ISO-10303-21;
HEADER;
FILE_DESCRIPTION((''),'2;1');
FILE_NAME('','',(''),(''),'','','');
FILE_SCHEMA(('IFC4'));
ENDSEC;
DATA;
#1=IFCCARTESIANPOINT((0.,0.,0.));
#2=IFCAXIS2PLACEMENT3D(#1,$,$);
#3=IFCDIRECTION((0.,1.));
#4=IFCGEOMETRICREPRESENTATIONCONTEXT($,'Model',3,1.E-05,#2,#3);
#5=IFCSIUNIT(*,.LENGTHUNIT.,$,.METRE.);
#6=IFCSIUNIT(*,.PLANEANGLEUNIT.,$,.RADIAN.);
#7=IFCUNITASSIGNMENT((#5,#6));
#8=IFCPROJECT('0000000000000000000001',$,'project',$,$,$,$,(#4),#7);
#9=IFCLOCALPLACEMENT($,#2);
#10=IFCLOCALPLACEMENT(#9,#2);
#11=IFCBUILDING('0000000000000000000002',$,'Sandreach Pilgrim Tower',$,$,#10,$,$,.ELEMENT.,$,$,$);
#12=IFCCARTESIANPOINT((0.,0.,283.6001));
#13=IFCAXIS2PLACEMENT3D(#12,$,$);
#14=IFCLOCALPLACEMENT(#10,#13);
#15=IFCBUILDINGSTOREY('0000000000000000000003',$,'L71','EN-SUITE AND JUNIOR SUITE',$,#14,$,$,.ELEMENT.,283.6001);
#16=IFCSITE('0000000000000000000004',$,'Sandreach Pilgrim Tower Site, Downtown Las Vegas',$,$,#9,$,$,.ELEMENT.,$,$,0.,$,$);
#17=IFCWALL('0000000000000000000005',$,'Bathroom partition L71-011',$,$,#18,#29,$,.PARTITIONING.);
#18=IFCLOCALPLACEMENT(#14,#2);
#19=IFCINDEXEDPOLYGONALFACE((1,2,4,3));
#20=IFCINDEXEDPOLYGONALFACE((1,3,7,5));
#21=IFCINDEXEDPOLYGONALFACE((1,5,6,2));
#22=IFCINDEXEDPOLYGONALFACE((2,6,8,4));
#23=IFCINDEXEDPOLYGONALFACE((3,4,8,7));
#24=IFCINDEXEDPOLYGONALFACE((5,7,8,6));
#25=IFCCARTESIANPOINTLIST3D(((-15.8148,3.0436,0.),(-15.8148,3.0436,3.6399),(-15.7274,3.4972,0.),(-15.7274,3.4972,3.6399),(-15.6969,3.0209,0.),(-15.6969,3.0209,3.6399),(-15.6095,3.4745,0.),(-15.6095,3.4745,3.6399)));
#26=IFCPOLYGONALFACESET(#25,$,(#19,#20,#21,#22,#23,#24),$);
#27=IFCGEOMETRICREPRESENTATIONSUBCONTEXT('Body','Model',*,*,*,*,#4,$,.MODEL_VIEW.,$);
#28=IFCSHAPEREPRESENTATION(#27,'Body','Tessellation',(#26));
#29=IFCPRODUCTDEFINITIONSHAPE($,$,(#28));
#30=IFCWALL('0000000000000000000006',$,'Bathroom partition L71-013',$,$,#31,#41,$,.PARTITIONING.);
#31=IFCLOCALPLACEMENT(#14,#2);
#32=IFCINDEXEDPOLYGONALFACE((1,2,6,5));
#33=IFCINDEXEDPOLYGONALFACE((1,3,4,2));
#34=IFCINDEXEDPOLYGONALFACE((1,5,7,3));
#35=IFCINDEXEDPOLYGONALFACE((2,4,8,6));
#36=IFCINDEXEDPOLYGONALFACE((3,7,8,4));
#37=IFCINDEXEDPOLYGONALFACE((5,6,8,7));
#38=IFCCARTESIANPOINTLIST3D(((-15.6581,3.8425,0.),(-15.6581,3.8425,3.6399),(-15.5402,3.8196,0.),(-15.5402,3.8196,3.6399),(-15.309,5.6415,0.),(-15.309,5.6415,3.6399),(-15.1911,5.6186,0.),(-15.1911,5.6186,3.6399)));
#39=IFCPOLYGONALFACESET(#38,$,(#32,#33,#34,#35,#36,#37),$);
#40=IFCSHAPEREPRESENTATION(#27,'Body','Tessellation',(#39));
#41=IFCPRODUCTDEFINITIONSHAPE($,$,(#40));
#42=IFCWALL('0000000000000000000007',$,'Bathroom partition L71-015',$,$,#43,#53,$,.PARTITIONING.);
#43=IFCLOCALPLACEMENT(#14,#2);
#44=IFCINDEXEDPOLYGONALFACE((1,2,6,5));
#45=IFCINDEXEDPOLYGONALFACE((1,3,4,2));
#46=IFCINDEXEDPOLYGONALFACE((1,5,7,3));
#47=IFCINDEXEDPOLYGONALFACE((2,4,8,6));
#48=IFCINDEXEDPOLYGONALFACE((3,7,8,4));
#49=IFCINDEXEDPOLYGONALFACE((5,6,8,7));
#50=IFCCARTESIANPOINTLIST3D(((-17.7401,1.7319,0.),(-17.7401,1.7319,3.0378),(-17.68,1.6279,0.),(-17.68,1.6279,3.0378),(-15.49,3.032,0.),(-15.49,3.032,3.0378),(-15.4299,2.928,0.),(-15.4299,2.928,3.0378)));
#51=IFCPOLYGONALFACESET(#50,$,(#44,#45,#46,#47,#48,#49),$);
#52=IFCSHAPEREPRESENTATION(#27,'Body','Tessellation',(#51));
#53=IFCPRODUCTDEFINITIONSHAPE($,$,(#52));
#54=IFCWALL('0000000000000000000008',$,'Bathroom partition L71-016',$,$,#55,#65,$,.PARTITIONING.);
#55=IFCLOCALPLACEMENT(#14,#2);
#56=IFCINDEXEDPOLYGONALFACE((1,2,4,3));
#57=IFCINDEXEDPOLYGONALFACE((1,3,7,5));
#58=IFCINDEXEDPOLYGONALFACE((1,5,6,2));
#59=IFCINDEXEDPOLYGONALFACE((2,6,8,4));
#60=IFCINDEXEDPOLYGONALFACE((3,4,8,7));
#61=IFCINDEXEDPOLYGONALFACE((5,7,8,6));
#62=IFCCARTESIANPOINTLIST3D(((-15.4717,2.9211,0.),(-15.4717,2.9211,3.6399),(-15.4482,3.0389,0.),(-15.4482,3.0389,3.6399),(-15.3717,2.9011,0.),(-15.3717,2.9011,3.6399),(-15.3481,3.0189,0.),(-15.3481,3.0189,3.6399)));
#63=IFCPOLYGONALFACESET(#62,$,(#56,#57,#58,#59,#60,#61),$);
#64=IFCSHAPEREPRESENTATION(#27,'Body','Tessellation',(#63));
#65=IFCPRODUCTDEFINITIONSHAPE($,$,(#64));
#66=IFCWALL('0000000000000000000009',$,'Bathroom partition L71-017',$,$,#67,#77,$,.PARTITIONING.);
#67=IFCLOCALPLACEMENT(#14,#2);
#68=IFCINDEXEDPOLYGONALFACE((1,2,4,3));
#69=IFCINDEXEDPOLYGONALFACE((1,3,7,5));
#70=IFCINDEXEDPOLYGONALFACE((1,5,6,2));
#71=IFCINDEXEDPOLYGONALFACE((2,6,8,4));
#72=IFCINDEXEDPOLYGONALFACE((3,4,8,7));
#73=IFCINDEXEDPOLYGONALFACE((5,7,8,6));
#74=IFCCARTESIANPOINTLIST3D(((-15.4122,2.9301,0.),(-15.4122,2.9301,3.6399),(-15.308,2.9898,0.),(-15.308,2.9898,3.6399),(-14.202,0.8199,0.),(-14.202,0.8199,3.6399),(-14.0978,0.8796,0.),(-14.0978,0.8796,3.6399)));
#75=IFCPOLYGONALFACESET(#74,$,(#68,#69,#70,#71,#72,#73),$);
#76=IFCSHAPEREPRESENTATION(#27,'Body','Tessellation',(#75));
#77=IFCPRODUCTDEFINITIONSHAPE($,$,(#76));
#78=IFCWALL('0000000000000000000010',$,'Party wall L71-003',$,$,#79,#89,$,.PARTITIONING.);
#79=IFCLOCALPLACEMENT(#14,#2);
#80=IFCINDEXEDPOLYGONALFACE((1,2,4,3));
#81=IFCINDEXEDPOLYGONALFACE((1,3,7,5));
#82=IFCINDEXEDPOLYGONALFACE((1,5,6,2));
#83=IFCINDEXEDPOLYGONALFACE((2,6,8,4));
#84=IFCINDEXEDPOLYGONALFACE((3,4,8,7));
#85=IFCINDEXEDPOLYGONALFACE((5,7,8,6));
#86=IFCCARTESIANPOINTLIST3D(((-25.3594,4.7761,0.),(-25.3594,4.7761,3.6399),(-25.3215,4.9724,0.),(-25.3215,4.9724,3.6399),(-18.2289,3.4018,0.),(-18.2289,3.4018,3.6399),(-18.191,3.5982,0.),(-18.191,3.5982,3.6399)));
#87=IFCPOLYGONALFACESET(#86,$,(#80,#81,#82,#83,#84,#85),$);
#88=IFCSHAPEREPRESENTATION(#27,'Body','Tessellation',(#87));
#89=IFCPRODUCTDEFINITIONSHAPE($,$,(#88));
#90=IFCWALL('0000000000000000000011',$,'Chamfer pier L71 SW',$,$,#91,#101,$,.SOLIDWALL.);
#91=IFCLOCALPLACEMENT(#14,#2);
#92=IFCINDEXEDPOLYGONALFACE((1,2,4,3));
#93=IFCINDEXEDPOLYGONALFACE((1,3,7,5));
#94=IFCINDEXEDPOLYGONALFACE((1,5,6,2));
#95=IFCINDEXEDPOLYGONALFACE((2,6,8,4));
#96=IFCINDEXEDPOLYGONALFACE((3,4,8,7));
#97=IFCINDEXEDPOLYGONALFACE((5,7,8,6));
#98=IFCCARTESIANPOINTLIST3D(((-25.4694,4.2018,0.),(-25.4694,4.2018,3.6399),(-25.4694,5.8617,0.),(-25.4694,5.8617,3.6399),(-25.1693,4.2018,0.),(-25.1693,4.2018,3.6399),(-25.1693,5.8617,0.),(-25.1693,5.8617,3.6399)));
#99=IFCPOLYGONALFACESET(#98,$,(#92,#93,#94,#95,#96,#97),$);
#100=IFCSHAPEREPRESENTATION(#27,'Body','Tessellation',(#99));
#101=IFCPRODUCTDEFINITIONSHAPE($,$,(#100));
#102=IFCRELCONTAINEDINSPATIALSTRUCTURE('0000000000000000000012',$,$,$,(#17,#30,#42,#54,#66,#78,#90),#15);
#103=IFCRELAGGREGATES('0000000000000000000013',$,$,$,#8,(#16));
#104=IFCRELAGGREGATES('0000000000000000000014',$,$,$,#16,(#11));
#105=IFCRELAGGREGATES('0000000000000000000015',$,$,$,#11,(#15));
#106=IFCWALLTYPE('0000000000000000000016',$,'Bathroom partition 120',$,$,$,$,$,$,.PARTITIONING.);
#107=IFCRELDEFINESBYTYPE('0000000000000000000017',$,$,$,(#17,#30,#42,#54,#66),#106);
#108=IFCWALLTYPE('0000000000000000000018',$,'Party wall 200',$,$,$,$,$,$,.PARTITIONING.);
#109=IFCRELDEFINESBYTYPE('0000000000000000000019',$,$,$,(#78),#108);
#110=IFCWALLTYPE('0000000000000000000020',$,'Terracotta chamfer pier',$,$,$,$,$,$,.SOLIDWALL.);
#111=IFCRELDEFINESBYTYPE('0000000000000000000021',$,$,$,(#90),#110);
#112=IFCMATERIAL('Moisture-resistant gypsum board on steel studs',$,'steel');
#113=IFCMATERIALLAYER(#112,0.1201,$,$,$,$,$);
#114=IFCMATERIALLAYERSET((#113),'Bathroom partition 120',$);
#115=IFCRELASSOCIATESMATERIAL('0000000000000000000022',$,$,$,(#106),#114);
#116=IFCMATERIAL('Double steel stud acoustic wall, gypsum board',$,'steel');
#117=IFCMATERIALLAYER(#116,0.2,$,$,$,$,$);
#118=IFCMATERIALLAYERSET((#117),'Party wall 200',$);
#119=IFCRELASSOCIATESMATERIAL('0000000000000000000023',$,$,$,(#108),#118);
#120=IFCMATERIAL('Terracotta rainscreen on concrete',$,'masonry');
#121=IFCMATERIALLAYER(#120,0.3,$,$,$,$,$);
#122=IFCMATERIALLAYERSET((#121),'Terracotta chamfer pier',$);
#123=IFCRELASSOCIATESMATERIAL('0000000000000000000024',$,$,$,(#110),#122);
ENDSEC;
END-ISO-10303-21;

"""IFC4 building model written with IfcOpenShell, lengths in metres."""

from ifc_helpers import new_model, si_unit, direction, frame, frame_2d, origin, place, context, subcontext, project, spatial, rectangle, extrude, material, layer, layer_set, type_object, element, save


model = new_model("IFC4")

# Units and contexts
model_context = context("Model", 3, precision=1e-05, world=origin(), true_north=direction((0.0, 1.0)))
body_context = subcontext(model_context, "Body", "Model", "MODEL_VIEW")
ifc_project = project(units=[si_unit("LENGTHUNIT", "METRE"), si_unit("PLANEANGLEUNIT", "RADIAN")], contexts=[model_context])

# Site, building, storey
site_placement = place(None, origin())
site = spatial("IfcSite", under=ifc_project, at=site_placement, Name="Sandreach Pilgrim Tower Site, Downtown Las Vegas", CompositionType="ELEMENT", RefElevation=0.0)
building_placement = place(site_placement, origin())
building = spatial("IfcBuilding", under=site, at=building_placement, Name="Sandreach Pilgrim Tower", CompositionType="ELEMENT")
storey_placement = place(building_placement, frame((0.0, 0.0, 283.6001)))
storey = spatial("IfcBuildingStorey", under=building, at=storey_placement, Name="L71", Description="EN-SUITE AND JUNIOR SUITE", CompositionType="ELEMENT", Elevation=283.6001)

# Shared definitions
ifc_material_1 = material(Name="Moisture-resistant gypsum board on steel studs", Category="steel")
ifc_layer_1 = layer(ifc_material_1, 0.1201)
ifc_layer_set_1 = layer_set([ifc_layer_1], Name="Bathroom partition 120")
wall_type_1 = type_object("IfcWallType", Name="Bathroom partition 120", PredefinedType="PARTITIONING", material=ifc_layer_set_1)

# Walls
wall_1_placement = place(storey_placement, frame((-15.6685, 3.4858, 0.0), z_axis=(0.0, 0.0, 1.0), x_axis=(-0.1892, -0.981939, 0.0)))
element("IfcWall", 1, at=wall_1_placement, inside=storey, type_object=wall_type_1, Name="Bathroom partition L71-011", PredefinedType="PARTITIONING", context=body_context, shape_type="SweptSolid", body=[
    extrude(rectangle(XDim=0.4619, YDim=0.1201, at=frame_2d((0.231, 0.0))), origin(), (0.0, 0.0, 1.0), 3.6399),
])
wall_2_placement = place(storey_placement, frame((-15.5991, 3.8311, 0.0), z_axis=(0.0, 0.0, 1.0), x_axis=(0.190502, 0.981687, 0.0)))
element("IfcWall", 2, at=wall_2_placement, inside=storey, type_object=wall_type_1, Name="Bathroom partition L71-013", PredefinedType="PARTITIONING", context=body_context, shape_type="SweptSolid", body=[
    extrude(rectangle(XDim=1.8325, YDim=0.1201, at=frame_2d((0.9163, 0.0))), origin(), (0.0, 0.0, 1.0), 3.6399),
])
wall_3_placement = place(storey_placement, frame((-15.46, 2.98, 0.0), z_axis=(0.0, 0.0, 1.0), x_axis=(-0.865857, -0.500292, 0.0)))
element("IfcWall", 3, at=wall_3_placement, inside=storey, type_object=wall_type_1, Name="Bathroom partition L71-015", PredefinedType="PARTITIONING", context=body_context, shape_type="SweptSolid", body=[
    extrude(rectangle(XDim=2.5986, YDim=0.1201, at=frame_2d((1.2993, 0.0))), origin(), (0.0, 0.0, 1.0), 3.0378),
])
wall_4_placement = place(storey_placement, frame((-15.46, 2.98, 0.0), z_axis=(0.0, 0.0, 1.0), x_axis=(0.980581, -0.196116, 0.0)))
element("IfcWall", 4, at=wall_4_placement, inside=storey, type_object=wall_type_1, Name="Bathroom partition L71-016", PredefinedType="PARTITIONING", context=body_context, shape_type="SweptSolid", body=[
    extrude(rectangle(XDim=0.1021, YDim=0.1201, at=frame_2d((0.051, 0.0))), origin(), (0.0, 0.0, 1.0), 3.6399),
])
wall_5_placement = place(storey_placement, frame((-15.3601, 2.96, 0.0), z_axis=(0.0, 0.0, 1.0), x_axis=(0.497511, -0.867458, 0.0)))
element("IfcWall", 5, at=wall_5_placement, inside=storey, type_object=wall_type_1, Name="Bathroom partition L71-017", PredefinedType="PARTITIONING", context=body_context, shape_type="SweptSolid", body=[
    extrude(rectangle(XDim=2.4326, YDim=0.1201, at=frame_2d((1.2163, 0.0))), origin(), (0.0, 0.0, 1.0), 3.6399),
])

# Walls
ifc_material_2 = material(Name="Double steel stud acoustic wall, gypsum board", Category="steel")
ifc_layer_2 = layer(ifc_material_2, 0.2)
ifc_layer_set_2 = layer_set([ifc_layer_2], Name="Party wall 200")
wall_type_2 = type_object("IfcWallType", Name="Party wall 200", PredefinedType="PARTITIONING", material=ifc_layer_set_2)
wall_6_placement = place(storey_placement, frame((-18.21, 3.5, 0.0), z_axis=(0.0, 0.0, 1.0), x_axis=(-0.98193, 0.189245, 0.0)))
element("IfcWall", 6, at=wall_6_placement, inside=storey, type_object=wall_type_2, Name="Party wall L71-003", PredefinedType="PARTITIONING", context=body_context, shape_type="SweptSolid", body=[
    extrude(rectangle(XDim=7.2617, YDim=0.2, at=frame_2d((3.6309, 0.0))), origin(), (0.0, 0.0, 1.0), 3.6399),
])
ifc_material_3 = material(Name="Terracotta rainscreen on concrete", Category="masonry")
ifc_layer_3 = layer(ifc_material_3, 0.3)
ifc_layer_set_3 = layer_set([ifc_layer_3], Name="Terracotta chamfer pier")
wall_type_3 = type_object("IfcWallType", Name="Terracotta chamfer pier", PredefinedType="SOLIDWALL", material=ifc_layer_set_3)
wall_7_placement = place(storey_placement, frame((-25.3193, 4.2017, 0.0), z_axis=(0.0, 0.0, 1.0), x_axis=(0.0, 1.0, 0.0)))
element("IfcWall", 7, at=wall_7_placement, inside=storey, type_object=wall_type_3, Name="Chamfer pier L71 SW", PredefinedType="SOLIDWALL", context=body_context, shape_type="SweptSolid", body=[
    extrude(rectangle(XDim=1.6599, YDim=0.3, at=frame_2d((0.8301, 0.0))), origin(), (0.0, 0.0, 1.0), 3.6399),
])

save(model, "model.ifc")
